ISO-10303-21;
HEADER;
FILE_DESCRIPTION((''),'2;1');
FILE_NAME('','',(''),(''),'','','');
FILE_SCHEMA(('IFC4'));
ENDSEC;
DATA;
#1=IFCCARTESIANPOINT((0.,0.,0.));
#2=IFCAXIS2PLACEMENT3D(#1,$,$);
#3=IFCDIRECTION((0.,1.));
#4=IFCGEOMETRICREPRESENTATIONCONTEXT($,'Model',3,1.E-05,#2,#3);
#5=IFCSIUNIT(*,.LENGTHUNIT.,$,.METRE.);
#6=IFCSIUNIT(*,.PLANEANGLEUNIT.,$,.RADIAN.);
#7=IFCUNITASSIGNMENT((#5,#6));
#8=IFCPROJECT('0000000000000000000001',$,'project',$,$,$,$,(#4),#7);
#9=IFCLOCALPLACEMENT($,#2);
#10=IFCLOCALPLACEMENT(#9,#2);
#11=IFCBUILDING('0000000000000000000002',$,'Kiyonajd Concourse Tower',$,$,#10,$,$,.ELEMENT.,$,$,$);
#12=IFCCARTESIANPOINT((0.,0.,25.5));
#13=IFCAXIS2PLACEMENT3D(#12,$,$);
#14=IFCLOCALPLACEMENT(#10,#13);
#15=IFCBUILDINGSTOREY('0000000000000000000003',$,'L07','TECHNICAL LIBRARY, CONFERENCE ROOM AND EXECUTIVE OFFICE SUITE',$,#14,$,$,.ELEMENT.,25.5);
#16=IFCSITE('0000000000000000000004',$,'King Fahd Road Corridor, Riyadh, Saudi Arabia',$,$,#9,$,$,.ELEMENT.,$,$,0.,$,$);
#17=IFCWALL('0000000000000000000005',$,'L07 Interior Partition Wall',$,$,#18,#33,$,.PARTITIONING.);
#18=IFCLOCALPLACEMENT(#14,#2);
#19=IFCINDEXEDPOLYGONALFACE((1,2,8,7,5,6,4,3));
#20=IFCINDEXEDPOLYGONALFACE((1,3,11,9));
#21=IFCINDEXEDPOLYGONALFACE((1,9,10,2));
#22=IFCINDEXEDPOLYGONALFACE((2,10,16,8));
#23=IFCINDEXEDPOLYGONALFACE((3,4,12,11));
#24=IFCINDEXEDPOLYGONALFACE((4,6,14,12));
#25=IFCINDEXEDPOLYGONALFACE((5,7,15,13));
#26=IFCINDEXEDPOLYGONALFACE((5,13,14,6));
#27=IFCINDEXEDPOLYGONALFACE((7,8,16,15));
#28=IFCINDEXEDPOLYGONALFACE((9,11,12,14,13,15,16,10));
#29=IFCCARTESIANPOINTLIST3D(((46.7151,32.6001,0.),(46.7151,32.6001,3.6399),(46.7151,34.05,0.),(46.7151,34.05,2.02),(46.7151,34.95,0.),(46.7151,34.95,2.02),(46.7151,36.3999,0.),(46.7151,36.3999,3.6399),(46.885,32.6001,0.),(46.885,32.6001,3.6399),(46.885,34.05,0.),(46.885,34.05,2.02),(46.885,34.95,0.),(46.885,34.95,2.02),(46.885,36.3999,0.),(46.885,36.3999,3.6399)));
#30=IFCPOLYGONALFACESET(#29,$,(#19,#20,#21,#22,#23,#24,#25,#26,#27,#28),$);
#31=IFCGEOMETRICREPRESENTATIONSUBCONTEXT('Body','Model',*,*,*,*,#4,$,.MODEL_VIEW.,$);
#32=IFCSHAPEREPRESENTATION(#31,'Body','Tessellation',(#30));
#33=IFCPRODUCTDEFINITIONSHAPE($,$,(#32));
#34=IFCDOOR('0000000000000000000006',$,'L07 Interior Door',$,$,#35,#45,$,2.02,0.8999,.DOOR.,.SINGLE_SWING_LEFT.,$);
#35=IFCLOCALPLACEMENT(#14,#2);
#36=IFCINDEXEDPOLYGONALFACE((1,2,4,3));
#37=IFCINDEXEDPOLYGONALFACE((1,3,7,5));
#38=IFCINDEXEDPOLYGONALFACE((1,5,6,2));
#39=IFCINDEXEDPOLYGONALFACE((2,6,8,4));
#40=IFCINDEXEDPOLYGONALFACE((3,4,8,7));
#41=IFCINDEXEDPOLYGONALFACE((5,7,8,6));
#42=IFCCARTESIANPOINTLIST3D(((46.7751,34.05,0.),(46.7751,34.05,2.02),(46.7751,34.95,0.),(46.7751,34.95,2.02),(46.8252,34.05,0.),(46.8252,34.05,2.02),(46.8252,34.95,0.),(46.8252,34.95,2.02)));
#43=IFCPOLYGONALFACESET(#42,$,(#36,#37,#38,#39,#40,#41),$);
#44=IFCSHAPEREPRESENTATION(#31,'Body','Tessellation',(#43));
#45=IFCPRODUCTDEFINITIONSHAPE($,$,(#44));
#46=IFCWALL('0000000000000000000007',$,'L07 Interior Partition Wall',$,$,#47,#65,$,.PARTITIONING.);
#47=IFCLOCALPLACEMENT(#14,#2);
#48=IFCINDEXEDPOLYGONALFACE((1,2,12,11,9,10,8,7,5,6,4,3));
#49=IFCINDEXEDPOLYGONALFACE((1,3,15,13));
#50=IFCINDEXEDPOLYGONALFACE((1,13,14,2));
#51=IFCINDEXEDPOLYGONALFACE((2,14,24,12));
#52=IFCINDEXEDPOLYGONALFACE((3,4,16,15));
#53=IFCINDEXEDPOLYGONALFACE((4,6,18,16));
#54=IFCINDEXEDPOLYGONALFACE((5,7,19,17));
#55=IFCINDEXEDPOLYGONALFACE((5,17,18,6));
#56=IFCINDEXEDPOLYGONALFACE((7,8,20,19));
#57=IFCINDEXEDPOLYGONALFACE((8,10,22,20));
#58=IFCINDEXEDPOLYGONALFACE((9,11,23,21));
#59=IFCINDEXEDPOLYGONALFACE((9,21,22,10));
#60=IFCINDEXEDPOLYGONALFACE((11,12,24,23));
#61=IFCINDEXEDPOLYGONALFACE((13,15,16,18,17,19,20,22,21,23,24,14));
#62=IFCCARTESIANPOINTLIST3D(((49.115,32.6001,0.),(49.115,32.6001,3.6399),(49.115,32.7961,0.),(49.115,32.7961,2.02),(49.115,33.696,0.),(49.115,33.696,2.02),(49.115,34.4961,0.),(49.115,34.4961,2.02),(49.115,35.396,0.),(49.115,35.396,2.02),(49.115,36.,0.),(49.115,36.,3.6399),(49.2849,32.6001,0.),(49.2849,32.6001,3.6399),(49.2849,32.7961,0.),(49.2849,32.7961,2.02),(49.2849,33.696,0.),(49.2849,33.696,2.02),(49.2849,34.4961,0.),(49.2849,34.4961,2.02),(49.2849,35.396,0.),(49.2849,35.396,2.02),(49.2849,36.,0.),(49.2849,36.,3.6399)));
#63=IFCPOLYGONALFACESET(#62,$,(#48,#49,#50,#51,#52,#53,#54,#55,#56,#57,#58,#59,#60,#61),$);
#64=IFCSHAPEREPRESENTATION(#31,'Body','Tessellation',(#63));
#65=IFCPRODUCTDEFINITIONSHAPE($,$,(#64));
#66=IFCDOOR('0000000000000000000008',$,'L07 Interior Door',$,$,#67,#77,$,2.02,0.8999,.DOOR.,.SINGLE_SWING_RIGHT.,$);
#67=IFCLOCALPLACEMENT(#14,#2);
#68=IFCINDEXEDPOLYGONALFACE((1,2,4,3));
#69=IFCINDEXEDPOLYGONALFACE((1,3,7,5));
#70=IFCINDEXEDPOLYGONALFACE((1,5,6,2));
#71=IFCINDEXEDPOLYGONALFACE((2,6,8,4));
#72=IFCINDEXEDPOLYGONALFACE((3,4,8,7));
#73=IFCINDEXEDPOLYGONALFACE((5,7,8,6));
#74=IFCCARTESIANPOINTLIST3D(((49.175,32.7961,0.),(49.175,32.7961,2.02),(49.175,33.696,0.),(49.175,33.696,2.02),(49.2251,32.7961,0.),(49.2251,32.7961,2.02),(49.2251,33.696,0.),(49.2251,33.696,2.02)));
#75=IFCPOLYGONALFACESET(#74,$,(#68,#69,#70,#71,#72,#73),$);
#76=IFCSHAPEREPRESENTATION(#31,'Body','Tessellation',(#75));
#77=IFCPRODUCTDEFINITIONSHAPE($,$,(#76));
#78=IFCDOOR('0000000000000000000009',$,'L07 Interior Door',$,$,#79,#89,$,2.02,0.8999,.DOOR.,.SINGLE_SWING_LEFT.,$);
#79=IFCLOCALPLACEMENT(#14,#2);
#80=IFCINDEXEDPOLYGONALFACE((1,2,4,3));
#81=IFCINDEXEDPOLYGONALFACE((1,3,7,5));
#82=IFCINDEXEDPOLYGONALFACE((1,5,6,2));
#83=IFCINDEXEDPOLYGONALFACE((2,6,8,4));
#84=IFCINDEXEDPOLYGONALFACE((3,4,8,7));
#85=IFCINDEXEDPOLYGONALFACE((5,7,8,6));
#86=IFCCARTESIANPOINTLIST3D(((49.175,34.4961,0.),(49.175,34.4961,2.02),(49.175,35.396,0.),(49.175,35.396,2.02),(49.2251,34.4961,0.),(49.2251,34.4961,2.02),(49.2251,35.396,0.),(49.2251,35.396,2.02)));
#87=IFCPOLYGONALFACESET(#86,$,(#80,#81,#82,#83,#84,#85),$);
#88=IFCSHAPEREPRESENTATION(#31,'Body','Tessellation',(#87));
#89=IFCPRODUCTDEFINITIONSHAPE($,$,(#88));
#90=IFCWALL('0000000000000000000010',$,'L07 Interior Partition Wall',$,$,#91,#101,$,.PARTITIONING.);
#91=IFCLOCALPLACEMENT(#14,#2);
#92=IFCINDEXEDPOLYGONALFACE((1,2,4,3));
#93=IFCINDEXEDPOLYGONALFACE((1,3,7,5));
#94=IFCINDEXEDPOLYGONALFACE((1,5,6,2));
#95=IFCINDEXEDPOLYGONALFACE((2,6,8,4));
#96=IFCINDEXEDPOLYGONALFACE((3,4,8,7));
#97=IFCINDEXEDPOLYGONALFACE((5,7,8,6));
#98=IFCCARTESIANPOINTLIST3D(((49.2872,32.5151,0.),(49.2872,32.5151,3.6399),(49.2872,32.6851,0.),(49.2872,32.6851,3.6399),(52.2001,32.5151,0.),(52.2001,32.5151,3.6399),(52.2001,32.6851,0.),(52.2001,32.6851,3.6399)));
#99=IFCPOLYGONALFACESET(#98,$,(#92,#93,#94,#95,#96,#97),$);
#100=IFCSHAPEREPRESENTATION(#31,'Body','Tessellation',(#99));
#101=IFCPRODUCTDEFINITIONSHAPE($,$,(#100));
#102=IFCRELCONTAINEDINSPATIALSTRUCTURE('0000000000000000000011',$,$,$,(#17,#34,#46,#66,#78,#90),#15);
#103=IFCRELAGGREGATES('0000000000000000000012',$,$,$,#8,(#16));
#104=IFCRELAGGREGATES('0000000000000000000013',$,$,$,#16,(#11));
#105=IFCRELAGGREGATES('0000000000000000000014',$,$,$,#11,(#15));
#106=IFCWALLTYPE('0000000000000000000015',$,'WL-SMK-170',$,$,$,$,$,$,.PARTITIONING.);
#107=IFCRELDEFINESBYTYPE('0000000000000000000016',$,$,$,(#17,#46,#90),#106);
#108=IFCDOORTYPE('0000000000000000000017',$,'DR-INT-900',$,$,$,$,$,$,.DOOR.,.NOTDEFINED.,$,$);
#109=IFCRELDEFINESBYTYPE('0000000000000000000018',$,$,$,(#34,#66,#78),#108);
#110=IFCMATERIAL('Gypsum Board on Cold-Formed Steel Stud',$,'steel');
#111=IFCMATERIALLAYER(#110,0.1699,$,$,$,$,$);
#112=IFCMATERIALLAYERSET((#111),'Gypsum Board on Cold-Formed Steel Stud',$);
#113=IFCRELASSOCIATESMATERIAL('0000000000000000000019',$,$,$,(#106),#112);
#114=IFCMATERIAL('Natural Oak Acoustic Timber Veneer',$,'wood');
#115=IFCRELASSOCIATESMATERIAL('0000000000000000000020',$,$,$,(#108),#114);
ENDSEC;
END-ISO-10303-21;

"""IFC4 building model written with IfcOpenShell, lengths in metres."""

from ifc_helpers import new_model, si_unit, direction, frame, frame_2d, origin, place, context, subcontext, project, spatial, rectangle, extrude, material, layer, layer_set, type_object, element, fill, save


model = new_model("IFC4")

# Units and contexts
model_context = context("Model", 3, precision=1e-05, world=origin(), true_north=direction((0.0, 1.0)))
body_context = subcontext(model_context, "Body", "Model", "MODEL_VIEW")
ifc_project = project(units=[si_unit("LENGTHUNIT", "METRE"), si_unit("PLANEANGLEUNIT", "RADIAN")], contexts=[model_context])

# Site, building, storey
site_placement = place(None, origin())
site = spatial("IfcSite", under=ifc_project, at=site_placement, Name="King Fahd Road Corridor, Riyadh, Saudi Arabia", CompositionType="ELEMENT", RefElevation=0.0)
building_placement = place(site_placement, origin())
building = spatial("IfcBuilding", under=site, at=building_placement, Name="Kiyonajd Concourse Tower", CompositionType="ELEMENT")
storey_placement = place(building_placement, frame((0.0, 0.0, 25.5)))
storey = spatial("IfcBuildingStorey", under=building, at=storey_placement, Name="L07", Description="TECHNICAL LIBRARY, CONFERENCE ROOM AND EXECUTIVE OFFICE SUITE", CompositionType="ELEMENT", Elevation=25.5)

# Shared definitions
ifc_material_1 = material(Name="Gypsum Board on Cold-Formed Steel Stud", Category="steel")

# Wall, opening, door
ifc_layer_1 = layer(ifc_material_1, 0.1699)
ifc_layer_set_1 = layer_set([ifc_layer_1], Name="Gypsum Board on Cold-Formed Steel Stud")
wall_type_1 = type_object("IfcWallType", Name="WL-SMK-170", PredefinedType="PARTITIONING", material=ifc_layer_set_1)
wall_1_placement = place(storey_placement, frame((46.8, 32.6001, 0.0), z_axis=(0.0, 0.0, 1.0), x_axis=(0.0, 1.0, 0.0)))
wall_1 = element("IfcWall", 1, at=wall_1_placement, inside=storey, type_object=wall_type_1, Name="L07 Interior Partition Wall", PredefinedType="PARTITIONING", context=body_context, shape_type="SweptSolid", body=[
    extrude(rectangle(XDim=3.7998, YDim=0.1699, at=frame_2d((1.8999, 0.0))), origin(), (0.0, 0.0, 1.0), 3.6399),
])
opening_1_placement = place(wall_1_placement, frame((1.45, 0.0, 0.0)))
opening_1 = element("IfcOpeningElement", 2, at=opening_1_placement, cuts=wall_1, PredefinedType="OPENING", context=body_context, shape_type="SweptSolid", body=[
    extrude(rectangle(XDim=0.8999, YDim=2.02, at=frame_2d((0.45, 1.01))), frame((0.0, 0.095, 0.0), z_axis=(0.0, -1.0, 0.0), x_axis=(1.0, 0.0, 0.0)), (0.0, 0.0, 1.0), 0.1899),
])
ifc_material_2 = material(Name="Natural Oak Acoustic Timber Veneer", Category="wood")
door_type_1 = type_object("IfcDoorType", Name="DR-INT-900", OperationType="NOTDEFINED", PredefinedType="DOOR", material=ifc_material_2)
door_1_placement = place(opening_1_placement, origin())
door_1 = element("IfcDoor", 3, at=door_1_placement, inside=storey, type_object=door_type_1, Name="L07 Interior Door", OperationType="SINGLE_SWING_LEFT", OverallHeight=2.02, OverallWidth=0.8999, PredefinedType="DOOR", context=body_context, shape_type="SweptSolid", body=[
    extrude(rectangle(XDim=0.8999, YDim=2.02, at=frame_2d((0.45, 1.01))), frame((0.0, 0.0249, 0.0), z_axis=(0.0, -1.0, 0.0), x_axis=(1.0, 0.0, 0.0)), (0.0, 0.0, 1.0), 0.05),
])
fill(opening_1, door_1)

# Wall, openings, doors
wall_2_placement = place(storey_placement, frame((49.2, 32.6001, 0.0), z_axis=(0.0, 0.0, 1.0), x_axis=(0.0, 1.0, 0.0)))
wall_2 = element("IfcWall", 4, at=wall_2_placement, inside=storey, type_object=wall_type_1, Name="L07 Interior Partition Wall", PredefinedType="PARTITIONING", context=body_context, shape_type="SweptSolid", body=[
    extrude(rectangle(XDim=3.3999, YDim=0.1699, at=frame_2d((1.7, 0.0))), origin(), (0.0, 0.0, 1.0), 3.6399),
])
opening_2_placement = place(wall_2_placement, frame((0.196, 0.0, 0.0)))
opening_2 = element("IfcOpeningElement", 5, at=opening_2_placement, cuts=wall_2, PredefinedType="OPENING", context=body_context, shape_type="SweptSolid", body=[
    extrude(rectangle(XDim=0.8999, YDim=2.02, at=frame_2d((0.45, 1.01))), frame((0.0, 0.095, 0.0), z_axis=(0.0, -1.0, 0.0), x_axis=(1.0, 0.0, 0.0)), (0.0, 0.0, 1.0), 0.1899),
])
opening_3_placement = place(wall_2_placement, frame((1.896, 0.0, 0.0)))
opening_3 = element("IfcOpeningElement", 6, at=opening_3_placement, cuts=wall_2, PredefinedType="OPENING", context=body_context, shape_type="SweptSolid", body=[
    extrude(rectangle(XDim=0.8999, YDim=2.02, at=frame_2d((0.45, 1.01))), frame((0.0, 0.095, 0.0), z_axis=(0.0, -1.0, 0.0), x_axis=(1.0, 0.0, 0.0)), (0.0, 0.0, 1.0), 0.1899),
])
door_2_placement = place(opening_2_placement, origin())
door_2 = element("IfcDoor", 7, at=door_2_placement, inside=storey, type_object=door_type_1, Name="L07 Interior Door", OperationType="SINGLE_SWING_RIGHT", OverallHeight=2.02, OverallWidth=0.8999, PredefinedType="DOOR", context=body_context, shape_type="SweptSolid", body=[
    extrude(rectangle(XDim=0.8999, YDim=2.02, at=frame_2d((0.45, 1.01))), frame((0.0, 0.0249, 0.0), z_axis=(0.0, -1.0, 0.0), x_axis=(1.0, 0.0, 0.0)), (0.0, 0.0, 1.0), 0.05),
])
fill(opening_2, door_2)
door_3_placement = place(opening_3_placement, origin())
door_3 = element("IfcDoor", 8, at=door_3_placement, inside=storey, type_object=door_type_1, Name="L07 Interior Door", OperationType="SINGLE_SWING_LEFT", OverallHeight=2.02, OverallWidth=0.8999, PredefinedType="DOOR", context=body_context, shape_type="SweptSolid", body=[
    extrude(rectangle(XDim=0.8999, YDim=2.02, at=frame_2d((0.45, 1.01))), frame((0.0, 0.0249, 0.0), z_axis=(0.0, -1.0, 0.0), x_axis=(1.0, 0.0, 0.0)), (0.0, 0.0, 1.0), 0.05),
])
fill(opening_3, door_3)

# Wall
wall_3_placement = place(storey_placement, frame((49.2871, 32.6001, 0.0), z_axis=(0.0, 0.0, 1.0), x_axis=(1.0, 0.0, 0.0)))
element("IfcWall", 9, at=wall_3_placement, inside=storey, type_object=wall_type_1, Name="L07 Interior Partition Wall", PredefinedType="PARTITIONING", context=body_context, shape_type="SweptSolid", body=[
    extrude(rectangle(XDim=2.9128, YDim=0.1699, at=frame_2d((1.4565, 0.0))), origin(), (0.0, 0.0, 1.0), 3.6399),
])

save(model, "model.ifc")
